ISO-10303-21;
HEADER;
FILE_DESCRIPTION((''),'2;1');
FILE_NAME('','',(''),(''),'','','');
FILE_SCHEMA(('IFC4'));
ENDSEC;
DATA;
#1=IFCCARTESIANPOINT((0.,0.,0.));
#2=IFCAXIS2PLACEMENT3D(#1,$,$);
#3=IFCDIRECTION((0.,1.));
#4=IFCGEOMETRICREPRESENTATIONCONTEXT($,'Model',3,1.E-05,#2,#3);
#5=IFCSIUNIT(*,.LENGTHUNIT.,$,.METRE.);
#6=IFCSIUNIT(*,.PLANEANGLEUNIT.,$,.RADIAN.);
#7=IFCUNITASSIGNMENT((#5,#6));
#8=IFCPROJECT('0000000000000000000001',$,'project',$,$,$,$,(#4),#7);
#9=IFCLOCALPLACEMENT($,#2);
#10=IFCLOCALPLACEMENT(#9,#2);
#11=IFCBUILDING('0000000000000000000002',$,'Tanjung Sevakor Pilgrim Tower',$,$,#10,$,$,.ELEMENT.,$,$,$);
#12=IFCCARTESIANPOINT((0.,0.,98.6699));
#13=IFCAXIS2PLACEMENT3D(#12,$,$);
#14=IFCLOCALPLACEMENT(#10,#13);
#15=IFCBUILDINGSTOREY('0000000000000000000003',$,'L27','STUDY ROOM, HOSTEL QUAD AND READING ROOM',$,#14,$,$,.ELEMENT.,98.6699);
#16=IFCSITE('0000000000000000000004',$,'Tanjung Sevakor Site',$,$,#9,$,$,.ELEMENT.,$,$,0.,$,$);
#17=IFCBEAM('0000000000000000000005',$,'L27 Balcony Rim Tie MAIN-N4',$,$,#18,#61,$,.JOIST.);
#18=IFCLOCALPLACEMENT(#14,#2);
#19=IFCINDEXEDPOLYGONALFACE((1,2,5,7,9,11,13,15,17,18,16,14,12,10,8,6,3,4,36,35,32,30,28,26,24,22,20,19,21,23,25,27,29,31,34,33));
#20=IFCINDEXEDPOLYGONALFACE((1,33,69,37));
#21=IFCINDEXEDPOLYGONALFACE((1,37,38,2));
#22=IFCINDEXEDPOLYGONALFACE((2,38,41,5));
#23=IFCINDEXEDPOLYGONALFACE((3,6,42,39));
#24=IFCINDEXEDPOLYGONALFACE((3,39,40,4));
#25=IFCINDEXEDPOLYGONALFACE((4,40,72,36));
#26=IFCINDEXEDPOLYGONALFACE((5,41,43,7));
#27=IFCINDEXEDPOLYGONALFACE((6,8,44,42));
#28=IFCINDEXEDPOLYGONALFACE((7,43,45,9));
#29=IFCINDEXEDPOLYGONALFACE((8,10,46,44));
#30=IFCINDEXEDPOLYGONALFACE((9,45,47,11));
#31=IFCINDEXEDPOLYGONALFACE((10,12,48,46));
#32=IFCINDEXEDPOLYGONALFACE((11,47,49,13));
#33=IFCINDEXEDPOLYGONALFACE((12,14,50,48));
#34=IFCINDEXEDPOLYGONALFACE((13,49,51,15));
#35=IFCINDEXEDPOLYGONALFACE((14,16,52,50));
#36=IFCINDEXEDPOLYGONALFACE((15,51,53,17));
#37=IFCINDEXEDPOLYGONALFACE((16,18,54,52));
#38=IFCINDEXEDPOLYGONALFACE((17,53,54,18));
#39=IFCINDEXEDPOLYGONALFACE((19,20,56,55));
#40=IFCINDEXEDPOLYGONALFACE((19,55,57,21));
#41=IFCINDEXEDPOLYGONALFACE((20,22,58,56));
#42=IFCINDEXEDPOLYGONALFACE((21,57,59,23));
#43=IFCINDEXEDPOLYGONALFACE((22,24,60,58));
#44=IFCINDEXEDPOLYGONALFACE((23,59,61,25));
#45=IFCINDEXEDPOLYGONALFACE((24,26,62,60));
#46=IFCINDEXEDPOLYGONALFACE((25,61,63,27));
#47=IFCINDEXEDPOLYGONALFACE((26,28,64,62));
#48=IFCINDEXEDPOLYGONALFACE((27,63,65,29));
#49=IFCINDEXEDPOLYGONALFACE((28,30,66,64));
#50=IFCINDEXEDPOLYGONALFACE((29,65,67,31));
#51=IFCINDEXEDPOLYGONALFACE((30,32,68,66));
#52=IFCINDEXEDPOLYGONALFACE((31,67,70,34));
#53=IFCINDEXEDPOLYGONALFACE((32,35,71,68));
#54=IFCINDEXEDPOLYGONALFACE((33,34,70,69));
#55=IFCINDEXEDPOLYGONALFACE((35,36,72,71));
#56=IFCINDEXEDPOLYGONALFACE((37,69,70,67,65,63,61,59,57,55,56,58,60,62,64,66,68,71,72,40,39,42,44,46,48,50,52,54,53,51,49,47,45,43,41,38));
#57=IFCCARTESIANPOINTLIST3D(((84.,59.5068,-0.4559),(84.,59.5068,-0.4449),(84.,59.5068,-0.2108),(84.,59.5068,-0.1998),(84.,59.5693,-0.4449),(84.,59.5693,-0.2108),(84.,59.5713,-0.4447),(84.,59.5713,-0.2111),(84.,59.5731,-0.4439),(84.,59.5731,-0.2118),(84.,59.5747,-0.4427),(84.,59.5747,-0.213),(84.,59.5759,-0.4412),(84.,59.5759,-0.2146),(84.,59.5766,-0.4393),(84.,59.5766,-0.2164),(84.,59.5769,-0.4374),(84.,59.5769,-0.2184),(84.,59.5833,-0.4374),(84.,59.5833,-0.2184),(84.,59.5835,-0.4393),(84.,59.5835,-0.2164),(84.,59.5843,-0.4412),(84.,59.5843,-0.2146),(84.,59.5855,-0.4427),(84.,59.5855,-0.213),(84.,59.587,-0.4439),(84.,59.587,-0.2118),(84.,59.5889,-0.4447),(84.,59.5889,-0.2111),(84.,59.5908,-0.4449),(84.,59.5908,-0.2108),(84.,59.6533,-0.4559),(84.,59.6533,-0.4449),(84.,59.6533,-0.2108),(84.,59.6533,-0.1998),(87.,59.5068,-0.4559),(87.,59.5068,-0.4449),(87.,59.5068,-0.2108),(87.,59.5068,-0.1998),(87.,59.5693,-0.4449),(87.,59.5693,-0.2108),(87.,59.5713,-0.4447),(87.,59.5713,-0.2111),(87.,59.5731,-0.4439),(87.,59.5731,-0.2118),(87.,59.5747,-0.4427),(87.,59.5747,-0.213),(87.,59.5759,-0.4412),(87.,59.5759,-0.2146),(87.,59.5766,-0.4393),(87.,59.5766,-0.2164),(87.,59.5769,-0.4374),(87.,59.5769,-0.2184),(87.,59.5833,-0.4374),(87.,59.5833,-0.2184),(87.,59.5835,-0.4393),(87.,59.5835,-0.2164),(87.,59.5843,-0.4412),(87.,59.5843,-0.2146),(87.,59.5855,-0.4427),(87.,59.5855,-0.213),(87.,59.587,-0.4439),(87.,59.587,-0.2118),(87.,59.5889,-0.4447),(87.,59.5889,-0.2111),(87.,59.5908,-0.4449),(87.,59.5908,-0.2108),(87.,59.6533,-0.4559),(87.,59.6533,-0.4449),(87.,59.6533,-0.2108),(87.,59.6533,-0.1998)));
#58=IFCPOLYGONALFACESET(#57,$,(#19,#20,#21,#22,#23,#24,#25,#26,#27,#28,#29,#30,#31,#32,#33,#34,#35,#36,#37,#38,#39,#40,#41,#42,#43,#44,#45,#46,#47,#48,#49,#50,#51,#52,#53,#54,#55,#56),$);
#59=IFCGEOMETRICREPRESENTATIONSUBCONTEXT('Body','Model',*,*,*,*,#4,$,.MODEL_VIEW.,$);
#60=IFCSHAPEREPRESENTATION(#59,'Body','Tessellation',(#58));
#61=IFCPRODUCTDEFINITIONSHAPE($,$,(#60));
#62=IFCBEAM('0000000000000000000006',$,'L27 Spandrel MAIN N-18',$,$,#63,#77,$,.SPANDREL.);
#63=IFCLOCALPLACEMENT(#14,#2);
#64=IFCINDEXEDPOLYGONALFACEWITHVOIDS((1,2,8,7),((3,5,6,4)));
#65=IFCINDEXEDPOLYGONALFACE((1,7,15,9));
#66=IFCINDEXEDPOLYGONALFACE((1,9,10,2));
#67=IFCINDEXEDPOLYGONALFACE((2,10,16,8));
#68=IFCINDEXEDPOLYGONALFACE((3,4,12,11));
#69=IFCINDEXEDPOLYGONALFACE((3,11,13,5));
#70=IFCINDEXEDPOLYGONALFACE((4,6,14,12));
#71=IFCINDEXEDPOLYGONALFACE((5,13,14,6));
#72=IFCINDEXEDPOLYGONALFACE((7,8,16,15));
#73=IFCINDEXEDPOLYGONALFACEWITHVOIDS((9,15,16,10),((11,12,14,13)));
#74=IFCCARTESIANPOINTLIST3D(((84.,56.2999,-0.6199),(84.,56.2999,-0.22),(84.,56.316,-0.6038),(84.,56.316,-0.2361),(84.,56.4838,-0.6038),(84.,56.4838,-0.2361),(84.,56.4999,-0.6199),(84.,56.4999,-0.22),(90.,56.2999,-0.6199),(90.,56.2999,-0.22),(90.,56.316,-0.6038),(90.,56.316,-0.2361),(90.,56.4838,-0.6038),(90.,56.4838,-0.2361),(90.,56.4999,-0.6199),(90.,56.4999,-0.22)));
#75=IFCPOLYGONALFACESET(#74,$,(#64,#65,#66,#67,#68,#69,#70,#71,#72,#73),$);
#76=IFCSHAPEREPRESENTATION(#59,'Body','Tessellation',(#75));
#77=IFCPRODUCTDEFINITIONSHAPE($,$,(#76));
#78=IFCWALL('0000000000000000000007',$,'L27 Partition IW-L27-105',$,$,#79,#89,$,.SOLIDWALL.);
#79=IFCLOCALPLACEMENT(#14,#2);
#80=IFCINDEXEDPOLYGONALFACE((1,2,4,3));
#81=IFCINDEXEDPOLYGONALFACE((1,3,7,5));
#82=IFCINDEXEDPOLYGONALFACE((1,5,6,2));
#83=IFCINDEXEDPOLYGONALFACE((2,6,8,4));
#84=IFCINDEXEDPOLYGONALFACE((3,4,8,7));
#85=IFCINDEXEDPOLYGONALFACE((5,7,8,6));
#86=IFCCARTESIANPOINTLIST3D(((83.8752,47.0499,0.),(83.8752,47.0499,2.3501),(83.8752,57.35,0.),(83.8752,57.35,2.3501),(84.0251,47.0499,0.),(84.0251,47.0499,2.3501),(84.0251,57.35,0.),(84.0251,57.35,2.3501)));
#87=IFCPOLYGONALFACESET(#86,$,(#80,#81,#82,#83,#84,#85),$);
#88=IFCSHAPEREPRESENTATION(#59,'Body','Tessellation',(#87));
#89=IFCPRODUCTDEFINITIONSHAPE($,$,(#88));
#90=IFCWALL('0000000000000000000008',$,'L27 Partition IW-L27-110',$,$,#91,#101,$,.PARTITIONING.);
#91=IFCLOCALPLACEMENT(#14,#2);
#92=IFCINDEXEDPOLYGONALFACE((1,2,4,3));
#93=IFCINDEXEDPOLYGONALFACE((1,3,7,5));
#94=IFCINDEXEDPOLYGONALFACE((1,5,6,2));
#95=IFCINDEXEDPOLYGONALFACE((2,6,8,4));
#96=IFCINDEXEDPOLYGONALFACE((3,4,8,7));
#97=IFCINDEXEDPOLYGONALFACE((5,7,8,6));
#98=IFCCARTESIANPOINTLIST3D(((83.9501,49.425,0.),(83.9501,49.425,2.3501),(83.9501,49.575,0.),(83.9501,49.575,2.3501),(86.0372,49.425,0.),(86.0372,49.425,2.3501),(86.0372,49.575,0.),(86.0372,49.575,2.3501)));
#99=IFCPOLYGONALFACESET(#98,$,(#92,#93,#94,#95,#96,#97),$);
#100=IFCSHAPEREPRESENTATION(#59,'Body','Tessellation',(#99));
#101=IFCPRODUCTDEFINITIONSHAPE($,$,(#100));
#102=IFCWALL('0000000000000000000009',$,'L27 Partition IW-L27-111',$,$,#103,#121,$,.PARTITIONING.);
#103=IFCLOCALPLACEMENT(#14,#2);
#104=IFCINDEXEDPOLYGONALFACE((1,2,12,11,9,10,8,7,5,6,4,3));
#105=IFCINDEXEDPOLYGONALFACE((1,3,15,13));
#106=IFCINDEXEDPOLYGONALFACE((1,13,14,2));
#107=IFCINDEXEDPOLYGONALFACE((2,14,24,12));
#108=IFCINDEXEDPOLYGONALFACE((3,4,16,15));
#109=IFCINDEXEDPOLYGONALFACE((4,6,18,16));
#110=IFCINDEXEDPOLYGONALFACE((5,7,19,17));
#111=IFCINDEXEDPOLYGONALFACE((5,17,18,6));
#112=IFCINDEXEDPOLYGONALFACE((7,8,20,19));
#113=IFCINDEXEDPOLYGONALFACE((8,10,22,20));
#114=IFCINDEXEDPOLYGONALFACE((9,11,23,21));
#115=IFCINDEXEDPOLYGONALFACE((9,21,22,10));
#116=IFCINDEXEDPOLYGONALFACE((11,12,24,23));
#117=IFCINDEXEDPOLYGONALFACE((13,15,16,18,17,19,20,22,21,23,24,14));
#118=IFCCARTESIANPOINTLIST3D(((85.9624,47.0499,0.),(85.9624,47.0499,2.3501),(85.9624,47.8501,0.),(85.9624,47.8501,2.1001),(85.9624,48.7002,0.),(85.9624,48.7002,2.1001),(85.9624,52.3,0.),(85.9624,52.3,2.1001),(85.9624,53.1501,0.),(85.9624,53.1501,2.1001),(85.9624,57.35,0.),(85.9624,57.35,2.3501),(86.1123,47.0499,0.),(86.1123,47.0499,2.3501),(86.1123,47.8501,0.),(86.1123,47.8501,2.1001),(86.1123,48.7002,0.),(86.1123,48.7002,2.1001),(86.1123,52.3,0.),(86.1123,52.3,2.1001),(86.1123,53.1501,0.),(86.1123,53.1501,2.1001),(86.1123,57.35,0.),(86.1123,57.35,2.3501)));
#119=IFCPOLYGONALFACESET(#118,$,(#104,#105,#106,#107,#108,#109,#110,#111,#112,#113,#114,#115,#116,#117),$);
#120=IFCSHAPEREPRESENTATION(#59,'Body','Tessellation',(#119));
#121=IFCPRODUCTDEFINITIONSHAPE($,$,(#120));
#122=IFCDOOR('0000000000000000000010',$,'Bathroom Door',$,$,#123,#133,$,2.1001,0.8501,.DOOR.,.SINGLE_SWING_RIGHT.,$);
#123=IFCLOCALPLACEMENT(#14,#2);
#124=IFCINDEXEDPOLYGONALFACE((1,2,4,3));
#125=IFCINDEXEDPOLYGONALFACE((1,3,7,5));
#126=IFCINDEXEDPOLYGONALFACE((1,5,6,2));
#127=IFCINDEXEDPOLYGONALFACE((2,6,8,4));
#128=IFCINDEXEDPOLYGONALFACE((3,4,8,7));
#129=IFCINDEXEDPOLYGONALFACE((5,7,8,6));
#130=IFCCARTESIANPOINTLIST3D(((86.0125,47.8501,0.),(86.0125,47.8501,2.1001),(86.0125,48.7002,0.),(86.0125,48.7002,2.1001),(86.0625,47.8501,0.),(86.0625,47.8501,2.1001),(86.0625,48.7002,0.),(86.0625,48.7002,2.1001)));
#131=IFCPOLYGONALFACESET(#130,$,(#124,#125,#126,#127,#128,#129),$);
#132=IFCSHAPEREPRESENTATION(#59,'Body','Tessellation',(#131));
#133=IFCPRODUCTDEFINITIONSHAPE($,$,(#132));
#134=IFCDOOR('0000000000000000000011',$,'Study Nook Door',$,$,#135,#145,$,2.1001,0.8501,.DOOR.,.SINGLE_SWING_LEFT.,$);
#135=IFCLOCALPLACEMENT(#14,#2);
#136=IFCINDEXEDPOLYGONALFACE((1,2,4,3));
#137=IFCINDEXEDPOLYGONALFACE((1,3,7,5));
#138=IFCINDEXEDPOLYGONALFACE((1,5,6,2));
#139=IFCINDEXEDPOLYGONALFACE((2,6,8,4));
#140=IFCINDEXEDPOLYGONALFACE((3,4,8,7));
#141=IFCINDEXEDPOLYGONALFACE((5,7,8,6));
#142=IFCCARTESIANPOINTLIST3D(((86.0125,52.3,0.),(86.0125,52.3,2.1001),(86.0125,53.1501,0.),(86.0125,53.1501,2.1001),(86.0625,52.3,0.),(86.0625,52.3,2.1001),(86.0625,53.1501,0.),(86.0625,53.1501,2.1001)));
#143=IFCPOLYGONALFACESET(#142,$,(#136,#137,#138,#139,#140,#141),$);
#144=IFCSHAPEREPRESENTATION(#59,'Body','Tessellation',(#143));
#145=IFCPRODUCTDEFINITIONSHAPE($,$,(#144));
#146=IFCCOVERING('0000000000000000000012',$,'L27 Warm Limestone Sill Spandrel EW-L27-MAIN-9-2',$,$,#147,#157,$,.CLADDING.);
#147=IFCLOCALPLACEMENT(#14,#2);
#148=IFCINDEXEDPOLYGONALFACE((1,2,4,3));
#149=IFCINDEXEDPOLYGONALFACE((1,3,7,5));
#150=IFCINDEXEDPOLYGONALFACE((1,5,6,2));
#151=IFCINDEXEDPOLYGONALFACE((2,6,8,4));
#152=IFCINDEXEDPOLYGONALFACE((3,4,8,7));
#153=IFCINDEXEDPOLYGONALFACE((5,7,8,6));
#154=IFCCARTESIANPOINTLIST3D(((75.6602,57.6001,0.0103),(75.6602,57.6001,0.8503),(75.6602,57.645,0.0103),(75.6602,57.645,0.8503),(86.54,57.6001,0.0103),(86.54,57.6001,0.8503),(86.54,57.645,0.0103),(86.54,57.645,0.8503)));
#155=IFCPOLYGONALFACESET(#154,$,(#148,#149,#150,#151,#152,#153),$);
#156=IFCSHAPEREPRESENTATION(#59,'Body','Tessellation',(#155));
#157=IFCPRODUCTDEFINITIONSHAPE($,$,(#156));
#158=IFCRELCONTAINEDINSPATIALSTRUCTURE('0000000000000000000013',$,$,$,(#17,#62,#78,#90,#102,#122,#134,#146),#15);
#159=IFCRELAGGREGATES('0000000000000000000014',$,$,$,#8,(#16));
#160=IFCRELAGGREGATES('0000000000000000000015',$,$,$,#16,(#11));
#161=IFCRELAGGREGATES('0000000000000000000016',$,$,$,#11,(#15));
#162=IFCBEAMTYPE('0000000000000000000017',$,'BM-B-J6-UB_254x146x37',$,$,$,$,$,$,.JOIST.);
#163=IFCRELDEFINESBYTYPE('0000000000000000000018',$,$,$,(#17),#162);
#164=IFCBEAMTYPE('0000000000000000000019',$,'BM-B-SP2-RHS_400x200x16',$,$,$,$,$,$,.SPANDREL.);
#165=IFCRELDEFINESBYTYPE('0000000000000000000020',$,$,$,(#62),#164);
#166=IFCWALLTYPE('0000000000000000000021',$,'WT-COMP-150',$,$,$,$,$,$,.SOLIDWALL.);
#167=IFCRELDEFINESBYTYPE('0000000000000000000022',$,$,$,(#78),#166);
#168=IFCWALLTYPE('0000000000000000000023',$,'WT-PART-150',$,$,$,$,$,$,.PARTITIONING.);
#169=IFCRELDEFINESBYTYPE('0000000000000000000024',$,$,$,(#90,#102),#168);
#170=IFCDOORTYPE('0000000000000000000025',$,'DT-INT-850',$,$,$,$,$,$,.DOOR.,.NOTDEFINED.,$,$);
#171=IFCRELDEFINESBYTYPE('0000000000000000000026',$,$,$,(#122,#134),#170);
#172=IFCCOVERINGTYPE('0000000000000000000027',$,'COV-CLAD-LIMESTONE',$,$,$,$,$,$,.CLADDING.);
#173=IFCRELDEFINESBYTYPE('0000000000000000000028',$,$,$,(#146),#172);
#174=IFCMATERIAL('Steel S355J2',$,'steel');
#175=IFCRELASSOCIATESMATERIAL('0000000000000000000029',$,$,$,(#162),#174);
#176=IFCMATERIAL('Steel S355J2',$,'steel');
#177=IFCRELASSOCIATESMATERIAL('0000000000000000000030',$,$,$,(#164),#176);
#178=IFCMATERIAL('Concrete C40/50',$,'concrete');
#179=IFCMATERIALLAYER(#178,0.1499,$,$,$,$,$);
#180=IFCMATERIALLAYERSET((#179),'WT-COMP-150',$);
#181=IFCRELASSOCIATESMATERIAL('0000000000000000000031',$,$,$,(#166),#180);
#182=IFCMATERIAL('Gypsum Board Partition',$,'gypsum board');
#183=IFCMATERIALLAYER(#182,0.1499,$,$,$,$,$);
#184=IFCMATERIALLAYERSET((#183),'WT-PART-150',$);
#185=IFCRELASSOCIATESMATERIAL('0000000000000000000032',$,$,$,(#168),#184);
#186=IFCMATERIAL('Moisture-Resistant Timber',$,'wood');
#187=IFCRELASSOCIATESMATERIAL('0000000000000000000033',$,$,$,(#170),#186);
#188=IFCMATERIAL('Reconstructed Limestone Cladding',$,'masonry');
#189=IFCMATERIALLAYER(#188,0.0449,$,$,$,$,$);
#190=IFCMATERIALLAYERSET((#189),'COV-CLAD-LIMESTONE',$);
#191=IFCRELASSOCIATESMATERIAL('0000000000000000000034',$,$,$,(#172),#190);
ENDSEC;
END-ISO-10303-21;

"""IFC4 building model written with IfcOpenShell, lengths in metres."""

from ifc_helpers import new_model, si_unit, direction, frame, frame_2d, origin, origin_2d, place, context, subcontext, project, spatial, rectangle, hollow_rectangle, i_section, extrude, material, layer, layer_set, material_profile, profile_set, type_object, element, fill, save


model = new_model("IFC4")

# Units and contexts
model_context = context("Model", 3, precision=1e-05, world=origin(), true_north=direction((0.0, 1.0)))
body_context = subcontext(model_context, "Body", "Model", "MODEL_VIEW")
ifc_project = project(units=[si_unit("LENGTHUNIT", "METRE"), si_unit("PLANEANGLEUNIT", "RADIAN")], contexts=[model_context])

# Site, building, storey
site_placement = place(None, origin())
site = spatial("IfcSite", under=ifc_project, at=site_placement, Name="Tanjung Sevakor Site", CompositionType="ELEMENT", RefElevation=0.0)
building_placement = place(site_placement, origin())
building = spatial("IfcBuilding", under=site, at=building_placement, Name="Tanjung Sevakor Pilgrim Tower", CompositionType="ELEMENT")
storey_placement = place(building_placement, frame((0.0, 0.0, 98.6699)))
storey = spatial("IfcBuildingStorey", under=building, at=storey_placement, Name="L27", Description="STUDY ROOM, HOSTEL QUAD AND READING ROOM", CompositionType="ELEMENT", Elevation=98.6699)

# Beams
ifc_material_1 = material(Name="Steel S355J2", Category="steel")
ifc_material_profile_1 = material_profile(ifc_material_1, i_section(OverallWidth=0.1465, OverallDepth=0.2561, WebThickness=0.0063, FlangeThickness=0.011, FilletRadius=0.0076, at=origin_2d()))
ifc_profile_set_1 = profile_set([ifc_material_profile_1], Name="Steel S355J2")
beam_type_1 = type_object("IfcBeamType", Name="BM-B-J6-UB_254x146x37", PredefinedType="JOIST", material=ifc_profile_set_1)
beam_1_placement = place(storey_placement, frame((84.0, 59.5801, -0.3279), z_axis=(1.0, 0.0, 0.0), x_axis=(0.0, 1.0, 0.0)))
element("IfcBeam", 1, at=beam_1_placement, inside=storey, type_object=beam_type_1, Name="L27 Balcony Rim Tie MAIN-N4", PredefinedType="JOIST", context=body_context, shape_type="SweptSolid", body=[
    extrude(i_section(OverallWidth=0.1465, OverallDepth=0.2561, WebThickness=0.0063, FlangeThickness=0.011, FilletRadius=0.0076, at=origin_2d()), origin(), (0.0, 0.0, 1.0), 3.0),
])
ifc_material_2 = material(Name="Steel S355J2", Category="steel")
ifc_material_profile_2 = material_profile(ifc_material_2, hollow_rectangle(XDim=0.2, YDim=0.3999, WallThickness=0.0161, at=origin_2d()))
ifc_profile_set_2 = profile_set([ifc_material_profile_2], Name="Steel S355J2")
beam_type_2 = type_object("IfcBeamType", Name="BM-B-SP2-RHS_400x200x16", PredefinedType="SPANDREL", material=ifc_profile_set_2)
beam_2_placement = place(storey_placement, frame((84.0, 56.3999, -0.4199), z_axis=(1.0, 0.0, 0.0), x_axis=(0.0, 1.0, 0.0)))
element("IfcBeam", 2, at=beam_2_placement, inside=storey, type_object=beam_type_2, Name="L27 Spandrel MAIN N-18", PredefinedType="SPANDREL", context=body_context, shape_type="SweptSolid", body=[
    extrude(hollow_rectangle(XDim=0.2, YDim=0.3999, WallThickness=0.0161, at=origin_2d()), origin(), (0.0, 0.0, 1.0), 6.0),
])

# Wall
ifc_material_3 = material(Name="Concrete C40/50", Category="concrete")
ifc_layer_1 = layer(ifc_material_3, 0.1499)
ifc_layer_set_1 = layer_set([ifc_layer_1], Name="WT-COMP-150")
wall_type_1 = type_object("IfcWallType", Name="WT-COMP-150", PredefinedType="SOLIDWALL", material=ifc_layer_set_1)
wall_1_placement = place(storey_placement, frame((83.9502, 47.05, 0.0), z_axis=(0.0, 0.0, 1.0), x_axis=(0.0, 1.0, 0.0)))
element("IfcWall", 3, at=wall_1_placement, inside=storey, type_object=wall_type_1, Name="L27 Partition IW-L27-105", PredefinedType="SOLIDWALL", context=body_context, shape_type="SweptSolid", body=[
    extrude(rectangle(XDim=10.3, YDim=0.1499, at=frame_2d((5.1499, 0.0))), origin(), (0.0, 0.0, 1.0), 2.3501),
])

# Wall
ifc_material_4 = material(Name="Gypsum Board Partition", Category="gypsum board")
ifc_layer_2 = layer(ifc_material_4, 0.1499)
ifc_layer_set_2 = layer_set([ifc_layer_2], Name="WT-PART-150")
wall_type_2 = type_object("IfcWallType", Name="WT-PART-150", PredefinedType="PARTITIONING", material=ifc_layer_set_2)
wall_2_placement = place(storey_placement, frame((83.9502, 49.5, 0.0), z_axis=(0.0, 0.0, 1.0), x_axis=(1.0, 0.0, 0.0)))
element("IfcWall", 4, at=wall_2_placement, inside=storey, type_object=wall_type_2, Name="L27 Partition IW-L27-110", PredefinedType="PARTITIONING", context=body_context, shape_type="SweptSolid", body=[
    extrude(rectangle(XDim=2.0872, YDim=0.1499, at=frame_2d((1.0435, 0.0))), origin(), (0.0, 0.0, 1.0), 2.3501),
])

# Wall, openings, doors
wall_3_placement = place(storey_placement, frame((86.0374, 47.05, 0.0), z_axis=(0.0, 0.0, 1.0), x_axis=(0.0, 1.0, 0.0)))
wall_3 = element("IfcWall", 5, at=wall_3_placement, inside=storey, type_object=wall_type_2, Name="L27 Partition IW-L27-111", PredefinedType="PARTITIONING", context=body_context, shape_type="SweptSolid", body=[
    extrude(rectangle(XDim=10.3, YDim=0.1499, at=frame_2d((5.1499, 0.0))), origin(), (0.0, 0.0, 1.0), 2.3501),
])
opening_1_placement = place(wall_3_placement, frame((0.8, 0.0, 0.0)))
opening_1 = element("IfcOpeningElement", 6, at=opening_1_placement, cuts=wall_3, PredefinedType="OPENING", context=body_context, shape_type="SweptSolid", body=[
    extrude(rectangle(XDim=0.8501, YDim=2.1001, at=frame_2d((0.425, 1.05))), frame((0.0, 0.085, 0.0), z_axis=(0.0, -1.0, 0.0), x_axis=(1.0, 0.0, 0.0)), (0.0, 0.0, 1.0), 0.1699),
])
opening_2_placement = place(wall_3_placement, frame((5.25, 0.0, 0.0)))
opening_2 = element("IfcOpeningElement", 7, at=opening_2_placement, cuts=wall_3, PredefinedType="OPENING", context=body_context, shape_type="SweptSolid", body=[
    extrude(rectangle(XDim=0.8501, YDim=2.1001, at=frame_2d((0.425, 1.05))), frame((0.0, 0.085, 0.0), z_axis=(0.0, -1.0, 0.0), x_axis=(1.0, 0.0, 0.0)), (0.0, 0.0, 1.0), 0.1699),
])
ifc_material_5 = material(Name="Moisture-Resistant Timber", Category="wood")
door_type_1 = type_object("IfcDoorType", Name="DT-INT-850", OperationType="NOTDEFINED", PredefinedType="DOOR", material=ifc_material_5)
door_1_placement = place(opening_1_placement, origin())
door_1 = element("IfcDoor", 8, at=door_1_placement, inside=storey, type_object=door_type_1, Name="Bathroom Door", OperationType="SINGLE_SWING_RIGHT", OverallHeight=2.1001, OverallWidth=0.8501, PredefinedType="DOOR", context=body_context, shape_type="SweptSolid", body=[
    extrude(rectangle(XDim=0.8501, YDim=2.1001, at=frame_2d((0.425, 1.05))), frame((0.0, 0.0249, 0.0), z_axis=(0.0, -1.0, 0.0), x_axis=(1.0, 0.0, 0.0)), (0.0, 0.0, 1.0), 0.05),
])
fill(opening_1, door_1)
door_2_placement = place(opening_2_placement, origin())
door_2 = element("IfcDoor", 9, at=door_2_placement, inside=storey, type_object=door_type_1, Name="Study Nook Door", OperationType="SINGLE_SWING_LEFT", OverallHeight=2.1001, OverallWidth=0.8501, PredefinedType="DOOR", context=body_context, shape_type="SweptSolid", body=[
    extrude(rectangle(XDim=0.8501, YDim=2.1001, at=frame_2d((0.425, 1.05))), frame((0.0, 0.0249, 0.0), z_axis=(0.0, -1.0, 0.0), x_axis=(1.0, 0.0, 0.0)), (0.0, 0.0, 1.0), 0.05),
])
fill(opening_2, door_2)

# Covering
ifc_material_6 = material(Name="Reconstructed Limestone Cladding", Category="masonry")
ifc_layer_3 = layer(ifc_material_6, 0.0449)
ifc_layer_set_3 = layer_set([ifc_layer_3], Name="COV-CLAD-LIMESTONE")
covering_type = type_object("IfcCoveringType", Name="COV-CLAD-LIMESTONE", PredefinedType="CLADDING", material=ifc_layer_set_3)
covering_placement = place(storey_placement, frame((81.1001, 57.6226, 0.0103), z_axis=(0.0, 0.0, 1.0), x_axis=(-1.0, 0.0, 0.0)))
element("IfcCovering", 10, at=covering_placement, inside=storey, type_object=covering_type, Name="L27 Warm Limestone Sill Spandrel EW-L27-MAIN-9-2", PredefinedType="CLADDING", context=body_context, shape_type="SweptSolid", body=[
    extrude(rectangle(XDim=10.8799, YDim=0.0449, at=origin_2d()), origin(), (0.0, 0.0, 1.0), 0.8401),
])

save(model, "model.ifc")
